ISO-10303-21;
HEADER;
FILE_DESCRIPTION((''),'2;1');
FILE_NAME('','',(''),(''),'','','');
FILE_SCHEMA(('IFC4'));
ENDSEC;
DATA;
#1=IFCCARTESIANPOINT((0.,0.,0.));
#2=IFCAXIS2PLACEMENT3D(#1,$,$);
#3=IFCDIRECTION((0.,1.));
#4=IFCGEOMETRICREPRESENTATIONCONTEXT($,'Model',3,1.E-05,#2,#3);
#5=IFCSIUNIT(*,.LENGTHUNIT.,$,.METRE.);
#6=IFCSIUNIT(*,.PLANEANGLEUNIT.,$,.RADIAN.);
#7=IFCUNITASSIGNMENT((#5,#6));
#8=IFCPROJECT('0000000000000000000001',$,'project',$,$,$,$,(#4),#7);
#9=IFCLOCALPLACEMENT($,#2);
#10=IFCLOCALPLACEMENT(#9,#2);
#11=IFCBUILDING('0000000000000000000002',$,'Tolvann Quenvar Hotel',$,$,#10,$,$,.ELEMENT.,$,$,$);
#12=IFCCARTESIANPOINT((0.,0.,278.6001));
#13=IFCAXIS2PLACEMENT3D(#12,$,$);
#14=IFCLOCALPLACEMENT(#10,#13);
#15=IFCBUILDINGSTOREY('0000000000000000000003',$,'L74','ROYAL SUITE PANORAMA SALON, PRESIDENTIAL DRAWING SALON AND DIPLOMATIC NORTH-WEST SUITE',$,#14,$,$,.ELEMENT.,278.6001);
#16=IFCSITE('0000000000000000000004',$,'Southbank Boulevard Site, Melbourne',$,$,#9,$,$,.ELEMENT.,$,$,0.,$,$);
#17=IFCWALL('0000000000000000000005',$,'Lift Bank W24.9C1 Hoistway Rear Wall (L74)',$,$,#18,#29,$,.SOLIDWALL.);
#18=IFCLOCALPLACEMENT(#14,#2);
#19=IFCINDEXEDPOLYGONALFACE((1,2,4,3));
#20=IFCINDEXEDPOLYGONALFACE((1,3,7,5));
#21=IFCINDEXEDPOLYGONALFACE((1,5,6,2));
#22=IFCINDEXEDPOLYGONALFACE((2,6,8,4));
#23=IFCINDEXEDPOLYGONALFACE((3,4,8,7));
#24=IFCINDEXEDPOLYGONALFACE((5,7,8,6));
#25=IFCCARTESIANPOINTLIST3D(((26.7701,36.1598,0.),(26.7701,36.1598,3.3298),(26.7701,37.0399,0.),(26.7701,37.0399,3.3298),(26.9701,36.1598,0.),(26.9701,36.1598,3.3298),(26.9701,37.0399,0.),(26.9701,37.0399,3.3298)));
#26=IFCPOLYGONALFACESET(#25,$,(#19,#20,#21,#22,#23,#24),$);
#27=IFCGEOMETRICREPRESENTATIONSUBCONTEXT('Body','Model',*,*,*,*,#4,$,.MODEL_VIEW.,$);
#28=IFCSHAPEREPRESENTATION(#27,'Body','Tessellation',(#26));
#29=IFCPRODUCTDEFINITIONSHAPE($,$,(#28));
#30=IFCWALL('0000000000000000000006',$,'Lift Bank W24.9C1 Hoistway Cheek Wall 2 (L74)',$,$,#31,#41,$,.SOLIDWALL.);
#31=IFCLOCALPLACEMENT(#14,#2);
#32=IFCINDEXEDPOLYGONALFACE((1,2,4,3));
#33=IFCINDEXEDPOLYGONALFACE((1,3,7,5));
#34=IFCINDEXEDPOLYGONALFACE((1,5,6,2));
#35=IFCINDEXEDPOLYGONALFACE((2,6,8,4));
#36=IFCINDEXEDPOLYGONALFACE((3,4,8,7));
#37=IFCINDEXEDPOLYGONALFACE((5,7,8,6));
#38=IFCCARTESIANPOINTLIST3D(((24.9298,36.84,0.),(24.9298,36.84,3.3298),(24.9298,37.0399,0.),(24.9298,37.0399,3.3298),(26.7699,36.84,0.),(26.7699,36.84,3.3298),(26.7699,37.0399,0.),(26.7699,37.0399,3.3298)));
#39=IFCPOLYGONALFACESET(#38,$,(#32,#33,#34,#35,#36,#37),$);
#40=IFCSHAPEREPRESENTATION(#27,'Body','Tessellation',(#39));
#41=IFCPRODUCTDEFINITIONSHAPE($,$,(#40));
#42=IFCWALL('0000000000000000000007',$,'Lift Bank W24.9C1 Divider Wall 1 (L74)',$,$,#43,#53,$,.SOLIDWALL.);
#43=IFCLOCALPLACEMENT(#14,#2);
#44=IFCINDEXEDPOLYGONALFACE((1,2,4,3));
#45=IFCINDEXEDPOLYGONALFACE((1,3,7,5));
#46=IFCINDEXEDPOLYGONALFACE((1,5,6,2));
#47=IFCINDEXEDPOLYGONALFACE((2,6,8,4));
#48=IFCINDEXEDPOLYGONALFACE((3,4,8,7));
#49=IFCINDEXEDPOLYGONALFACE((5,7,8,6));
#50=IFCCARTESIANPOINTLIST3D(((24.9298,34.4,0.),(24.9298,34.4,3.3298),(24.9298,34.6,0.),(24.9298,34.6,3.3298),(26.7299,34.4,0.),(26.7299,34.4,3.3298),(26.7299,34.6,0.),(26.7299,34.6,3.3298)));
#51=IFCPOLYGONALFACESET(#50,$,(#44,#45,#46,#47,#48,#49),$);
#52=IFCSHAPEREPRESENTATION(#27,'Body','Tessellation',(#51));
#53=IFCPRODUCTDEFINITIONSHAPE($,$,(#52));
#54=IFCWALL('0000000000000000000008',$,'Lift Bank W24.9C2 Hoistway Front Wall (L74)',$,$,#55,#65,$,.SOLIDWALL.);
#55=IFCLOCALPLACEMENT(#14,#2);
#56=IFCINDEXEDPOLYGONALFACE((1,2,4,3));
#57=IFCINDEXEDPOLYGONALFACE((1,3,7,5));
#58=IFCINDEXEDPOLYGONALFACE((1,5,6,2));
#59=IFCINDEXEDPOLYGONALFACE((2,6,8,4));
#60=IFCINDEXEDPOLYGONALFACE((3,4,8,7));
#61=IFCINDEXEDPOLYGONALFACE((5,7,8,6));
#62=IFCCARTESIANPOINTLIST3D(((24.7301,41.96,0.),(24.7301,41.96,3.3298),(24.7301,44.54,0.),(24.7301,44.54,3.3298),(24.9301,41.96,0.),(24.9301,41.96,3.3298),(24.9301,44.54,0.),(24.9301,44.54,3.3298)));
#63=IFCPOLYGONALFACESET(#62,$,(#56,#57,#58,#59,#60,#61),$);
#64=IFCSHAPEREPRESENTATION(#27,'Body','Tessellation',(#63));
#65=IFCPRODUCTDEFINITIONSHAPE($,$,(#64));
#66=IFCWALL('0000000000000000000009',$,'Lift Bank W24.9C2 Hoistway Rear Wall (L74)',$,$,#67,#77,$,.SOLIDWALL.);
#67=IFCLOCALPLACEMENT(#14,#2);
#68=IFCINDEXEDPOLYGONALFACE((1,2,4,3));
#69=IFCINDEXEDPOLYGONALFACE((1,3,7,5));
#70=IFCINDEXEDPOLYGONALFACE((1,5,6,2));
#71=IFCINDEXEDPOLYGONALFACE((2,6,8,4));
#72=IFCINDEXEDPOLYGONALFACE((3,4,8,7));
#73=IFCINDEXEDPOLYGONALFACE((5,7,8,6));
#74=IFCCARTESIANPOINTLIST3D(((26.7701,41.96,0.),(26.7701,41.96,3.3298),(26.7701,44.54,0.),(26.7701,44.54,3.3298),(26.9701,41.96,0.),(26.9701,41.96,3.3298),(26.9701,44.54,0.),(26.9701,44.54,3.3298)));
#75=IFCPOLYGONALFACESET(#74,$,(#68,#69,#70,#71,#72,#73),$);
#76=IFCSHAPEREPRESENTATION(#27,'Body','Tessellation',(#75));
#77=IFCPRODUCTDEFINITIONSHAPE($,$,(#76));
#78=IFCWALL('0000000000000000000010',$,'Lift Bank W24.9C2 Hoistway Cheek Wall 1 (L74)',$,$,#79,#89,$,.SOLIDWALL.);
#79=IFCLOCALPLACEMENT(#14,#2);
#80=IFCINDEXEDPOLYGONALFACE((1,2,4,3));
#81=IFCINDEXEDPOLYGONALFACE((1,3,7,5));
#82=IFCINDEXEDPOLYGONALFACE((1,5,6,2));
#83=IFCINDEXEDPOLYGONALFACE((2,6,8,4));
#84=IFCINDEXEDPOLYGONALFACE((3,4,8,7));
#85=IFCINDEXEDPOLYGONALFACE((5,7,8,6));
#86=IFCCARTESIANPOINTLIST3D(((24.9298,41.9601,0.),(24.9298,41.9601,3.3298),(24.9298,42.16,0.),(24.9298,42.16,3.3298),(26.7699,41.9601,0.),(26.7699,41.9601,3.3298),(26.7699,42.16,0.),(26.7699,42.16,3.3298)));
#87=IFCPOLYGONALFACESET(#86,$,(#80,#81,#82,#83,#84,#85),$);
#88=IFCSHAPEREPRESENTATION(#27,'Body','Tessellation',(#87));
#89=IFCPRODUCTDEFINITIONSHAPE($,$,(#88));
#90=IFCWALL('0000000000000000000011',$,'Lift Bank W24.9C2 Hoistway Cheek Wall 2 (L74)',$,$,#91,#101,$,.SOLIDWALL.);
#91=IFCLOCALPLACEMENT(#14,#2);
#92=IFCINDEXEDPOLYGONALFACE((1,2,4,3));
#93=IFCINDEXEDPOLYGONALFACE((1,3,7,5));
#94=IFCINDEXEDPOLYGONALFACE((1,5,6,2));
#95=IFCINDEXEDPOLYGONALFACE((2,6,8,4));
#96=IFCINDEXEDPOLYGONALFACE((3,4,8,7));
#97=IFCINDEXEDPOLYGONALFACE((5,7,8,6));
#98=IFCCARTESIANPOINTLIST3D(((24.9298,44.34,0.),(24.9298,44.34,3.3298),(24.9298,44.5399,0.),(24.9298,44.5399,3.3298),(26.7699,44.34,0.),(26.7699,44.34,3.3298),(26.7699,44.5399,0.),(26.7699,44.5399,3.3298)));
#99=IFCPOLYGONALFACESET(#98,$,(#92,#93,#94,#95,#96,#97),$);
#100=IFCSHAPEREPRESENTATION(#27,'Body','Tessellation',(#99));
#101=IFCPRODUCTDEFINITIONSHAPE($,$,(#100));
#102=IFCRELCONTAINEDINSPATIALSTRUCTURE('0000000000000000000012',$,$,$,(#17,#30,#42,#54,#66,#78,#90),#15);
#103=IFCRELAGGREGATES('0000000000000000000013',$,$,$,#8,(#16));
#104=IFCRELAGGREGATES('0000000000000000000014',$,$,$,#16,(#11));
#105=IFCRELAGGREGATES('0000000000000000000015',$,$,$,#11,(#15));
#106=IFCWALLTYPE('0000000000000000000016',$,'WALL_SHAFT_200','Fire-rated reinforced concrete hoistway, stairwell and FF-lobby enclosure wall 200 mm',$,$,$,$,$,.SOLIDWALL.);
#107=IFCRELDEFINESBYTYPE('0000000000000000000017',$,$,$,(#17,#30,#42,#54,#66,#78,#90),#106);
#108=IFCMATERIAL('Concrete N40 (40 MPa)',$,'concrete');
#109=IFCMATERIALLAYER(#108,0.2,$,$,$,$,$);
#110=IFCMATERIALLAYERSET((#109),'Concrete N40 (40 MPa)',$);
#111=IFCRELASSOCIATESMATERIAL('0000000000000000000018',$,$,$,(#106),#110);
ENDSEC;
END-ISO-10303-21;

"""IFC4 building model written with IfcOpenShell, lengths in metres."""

from ifc_helpers import new_model, si_unit, direction, frame, frame_2d, origin, place, context, subcontext, project, spatial, rectangle, extrude, material, layer, layer_set, type_object, element, save


model = new_model("IFC4")

# Units and contexts
model_context = context("Model", 3, precision=1e-05, world=origin(), true_north=direction((0.0, 1.0)))
body_context = subcontext(model_context, "Body", "Model", "MODEL_VIEW")
ifc_project = project(units=[si_unit("LENGTHUNIT", "METRE"), si_unit("PLANEANGLEUNIT", "RADIAN")], contexts=[model_context])

# Site, building, storey
site_placement = place(None, origin())
site = spatial("IfcSite", under=ifc_project, at=site_placement, Name="Southbank Boulevard Site, Melbourne", CompositionType="ELEMENT", RefElevation=0.0)
building_placement = place(site_placement, origin())
building = spatial("IfcBuilding", under=site, at=building_placement, Name="Tolvann Quenvar Hotel", CompositionType="ELEMENT")
storey_placement = place(building_placement, frame((0.0, 0.0, 278.6001)))
storey = spatial("IfcBuildingStorey", under=building, at=storey_placement, Name="L74", Description="ROYAL SUITE PANORAMA SALON, PRESIDENTIAL DRAWING SALON AND DIPLOMATIC NORTH-WEST SUITE", CompositionType="ELEMENT", Elevation=278.6001)

# Walls
ifc_material_1 = material(Name="Concrete N40 (40 MPa)", Category="concrete")
ifc_layer_1 = layer(ifc_material_1, 0.2)
ifc_layer_set_1 = layer_set([ifc_layer_1], Name="Concrete N40 (40 MPa)")
wall_type_1 = type_object("IfcWallType", Name="WALL_SHAFT_200", Description="Fire-rated reinforced concrete hoistway, stairwell and FF-lobby enclosure wall 200 mm", PredefinedType="SOLIDWALL", material=ifc_layer_set_1)
wall_1_placement = place(storey_placement, frame((26.8701, 36.1599, 0.0), z_axis=(0.0, 0.0, 1.0), x_axis=(0.0, 1.0, 0.0)))
element("IfcWall", 1, at=wall_1_placement, inside=storey, type_object=wall_type_1, Name="Lift Bank W24.9C1 Hoistway Rear Wall (L74)", PredefinedType="SOLIDWALL", context=body_context, shape_type="SweptSolid", body=[
    extrude(rectangle(XDim=0.8801, YDim=0.2, at=frame_2d((0.4399, 0.0))), origin(), (0.0, 0.0, 1.0), 3.3298),
])
wall_2_placement = place(storey_placement, frame((24.9299, 36.9399, 0.0), z_axis=(0.0, 0.0, 1.0), x_axis=(1.0, 0.0, 0.0)))
element("IfcWall", 2, at=wall_2_placement, inside=storey, type_object=wall_type_1, Name="Lift Bank W24.9C1 Hoistway Cheek Wall 2 (L74)", PredefinedType="SOLIDWALL", context=body_context, shape_type="SweptSolid", body=[
    extrude(rectangle(XDim=1.8401, YDim=0.2, at=frame_2d((0.9199, 0.0))), origin(), (0.0, 0.0, 1.0), 3.3298),
])
wall_3_placement = place(storey_placement, frame((24.9299, 34.5, 0.0), z_axis=(0.0, 0.0, 1.0), x_axis=(1.0, 0.0, 0.0)))
element("IfcWall", 3, at=wall_3_placement, inside=storey, type_object=wall_type_1, Name="Lift Bank W24.9C1 Divider Wall 1 (L74)", PredefinedType="SOLIDWALL", context=body_context, shape_type="SweptSolid", body=[
    extrude(rectangle(XDim=1.8, YDim=0.2, at=frame_2d((0.8999, 0.0))), origin(), (0.0, 0.0, 1.0), 3.3298),
])
for number, where, z_axis, x_axis, name in (
    (4, (24.8301, 41.96, 0.0), (0.0, 0.0, 1.0), (0.0, 1.0, 0.0), "Lift Bank W24.9C2 Hoistway Front Wall (L74)"),
    (5, (26.8701, 41.96, 0.0), (0.0, 0.0, 1.0), (0.0, 1.0, 0.0), "Lift Bank W24.9C2 Hoistway Rear Wall (L74)"),
):
    element("IfcWall", number, at=place(storey_placement, frame(where, z_axis=z_axis, x_axis=x_axis)), inside=storey, type_object=wall_type_1, Name=name, PredefinedType="SOLIDWALL", context=body_context, shape_type="SweptSolid", body=[
        extrude(rectangle(XDim=2.5801, YDim=0.2, at=frame_2d((1.29, 0.0))), origin(), (0.0, 0.0, 1.0), 3.3298),
    ])
for number, where, z_axis, x_axis, name in (
    (6, (24.9299, 42.0601, 0.0), (0.0, 0.0, 1.0), (1.0, 0.0, 0.0), "Lift Bank W24.9C2 Hoistway Cheek Wall 1 (L74)"),
    (7, (24.9299, 44.4399, 0.0), (0.0, 0.0, 1.0), (1.0, 0.0, 0.0), "Lift Bank W24.9C2 Hoistway Cheek Wall 2 (L74)"),
):
    element("IfcWall", number, at=place(storey_placement, frame(where, z_axis=z_axis, x_axis=x_axis)), inside=storey, type_object=wall_type_1, Name=name, PredefinedType="SOLIDWALL", context=body_context, shape_type="SweptSolid", body=[
        extrude(rectangle(XDim=1.8401, YDim=0.2, at=frame_2d((0.9199, 0.0))), origin(), (0.0, 0.0, 1.0), 3.3298),
    ])

save(model, "model.ifc")
